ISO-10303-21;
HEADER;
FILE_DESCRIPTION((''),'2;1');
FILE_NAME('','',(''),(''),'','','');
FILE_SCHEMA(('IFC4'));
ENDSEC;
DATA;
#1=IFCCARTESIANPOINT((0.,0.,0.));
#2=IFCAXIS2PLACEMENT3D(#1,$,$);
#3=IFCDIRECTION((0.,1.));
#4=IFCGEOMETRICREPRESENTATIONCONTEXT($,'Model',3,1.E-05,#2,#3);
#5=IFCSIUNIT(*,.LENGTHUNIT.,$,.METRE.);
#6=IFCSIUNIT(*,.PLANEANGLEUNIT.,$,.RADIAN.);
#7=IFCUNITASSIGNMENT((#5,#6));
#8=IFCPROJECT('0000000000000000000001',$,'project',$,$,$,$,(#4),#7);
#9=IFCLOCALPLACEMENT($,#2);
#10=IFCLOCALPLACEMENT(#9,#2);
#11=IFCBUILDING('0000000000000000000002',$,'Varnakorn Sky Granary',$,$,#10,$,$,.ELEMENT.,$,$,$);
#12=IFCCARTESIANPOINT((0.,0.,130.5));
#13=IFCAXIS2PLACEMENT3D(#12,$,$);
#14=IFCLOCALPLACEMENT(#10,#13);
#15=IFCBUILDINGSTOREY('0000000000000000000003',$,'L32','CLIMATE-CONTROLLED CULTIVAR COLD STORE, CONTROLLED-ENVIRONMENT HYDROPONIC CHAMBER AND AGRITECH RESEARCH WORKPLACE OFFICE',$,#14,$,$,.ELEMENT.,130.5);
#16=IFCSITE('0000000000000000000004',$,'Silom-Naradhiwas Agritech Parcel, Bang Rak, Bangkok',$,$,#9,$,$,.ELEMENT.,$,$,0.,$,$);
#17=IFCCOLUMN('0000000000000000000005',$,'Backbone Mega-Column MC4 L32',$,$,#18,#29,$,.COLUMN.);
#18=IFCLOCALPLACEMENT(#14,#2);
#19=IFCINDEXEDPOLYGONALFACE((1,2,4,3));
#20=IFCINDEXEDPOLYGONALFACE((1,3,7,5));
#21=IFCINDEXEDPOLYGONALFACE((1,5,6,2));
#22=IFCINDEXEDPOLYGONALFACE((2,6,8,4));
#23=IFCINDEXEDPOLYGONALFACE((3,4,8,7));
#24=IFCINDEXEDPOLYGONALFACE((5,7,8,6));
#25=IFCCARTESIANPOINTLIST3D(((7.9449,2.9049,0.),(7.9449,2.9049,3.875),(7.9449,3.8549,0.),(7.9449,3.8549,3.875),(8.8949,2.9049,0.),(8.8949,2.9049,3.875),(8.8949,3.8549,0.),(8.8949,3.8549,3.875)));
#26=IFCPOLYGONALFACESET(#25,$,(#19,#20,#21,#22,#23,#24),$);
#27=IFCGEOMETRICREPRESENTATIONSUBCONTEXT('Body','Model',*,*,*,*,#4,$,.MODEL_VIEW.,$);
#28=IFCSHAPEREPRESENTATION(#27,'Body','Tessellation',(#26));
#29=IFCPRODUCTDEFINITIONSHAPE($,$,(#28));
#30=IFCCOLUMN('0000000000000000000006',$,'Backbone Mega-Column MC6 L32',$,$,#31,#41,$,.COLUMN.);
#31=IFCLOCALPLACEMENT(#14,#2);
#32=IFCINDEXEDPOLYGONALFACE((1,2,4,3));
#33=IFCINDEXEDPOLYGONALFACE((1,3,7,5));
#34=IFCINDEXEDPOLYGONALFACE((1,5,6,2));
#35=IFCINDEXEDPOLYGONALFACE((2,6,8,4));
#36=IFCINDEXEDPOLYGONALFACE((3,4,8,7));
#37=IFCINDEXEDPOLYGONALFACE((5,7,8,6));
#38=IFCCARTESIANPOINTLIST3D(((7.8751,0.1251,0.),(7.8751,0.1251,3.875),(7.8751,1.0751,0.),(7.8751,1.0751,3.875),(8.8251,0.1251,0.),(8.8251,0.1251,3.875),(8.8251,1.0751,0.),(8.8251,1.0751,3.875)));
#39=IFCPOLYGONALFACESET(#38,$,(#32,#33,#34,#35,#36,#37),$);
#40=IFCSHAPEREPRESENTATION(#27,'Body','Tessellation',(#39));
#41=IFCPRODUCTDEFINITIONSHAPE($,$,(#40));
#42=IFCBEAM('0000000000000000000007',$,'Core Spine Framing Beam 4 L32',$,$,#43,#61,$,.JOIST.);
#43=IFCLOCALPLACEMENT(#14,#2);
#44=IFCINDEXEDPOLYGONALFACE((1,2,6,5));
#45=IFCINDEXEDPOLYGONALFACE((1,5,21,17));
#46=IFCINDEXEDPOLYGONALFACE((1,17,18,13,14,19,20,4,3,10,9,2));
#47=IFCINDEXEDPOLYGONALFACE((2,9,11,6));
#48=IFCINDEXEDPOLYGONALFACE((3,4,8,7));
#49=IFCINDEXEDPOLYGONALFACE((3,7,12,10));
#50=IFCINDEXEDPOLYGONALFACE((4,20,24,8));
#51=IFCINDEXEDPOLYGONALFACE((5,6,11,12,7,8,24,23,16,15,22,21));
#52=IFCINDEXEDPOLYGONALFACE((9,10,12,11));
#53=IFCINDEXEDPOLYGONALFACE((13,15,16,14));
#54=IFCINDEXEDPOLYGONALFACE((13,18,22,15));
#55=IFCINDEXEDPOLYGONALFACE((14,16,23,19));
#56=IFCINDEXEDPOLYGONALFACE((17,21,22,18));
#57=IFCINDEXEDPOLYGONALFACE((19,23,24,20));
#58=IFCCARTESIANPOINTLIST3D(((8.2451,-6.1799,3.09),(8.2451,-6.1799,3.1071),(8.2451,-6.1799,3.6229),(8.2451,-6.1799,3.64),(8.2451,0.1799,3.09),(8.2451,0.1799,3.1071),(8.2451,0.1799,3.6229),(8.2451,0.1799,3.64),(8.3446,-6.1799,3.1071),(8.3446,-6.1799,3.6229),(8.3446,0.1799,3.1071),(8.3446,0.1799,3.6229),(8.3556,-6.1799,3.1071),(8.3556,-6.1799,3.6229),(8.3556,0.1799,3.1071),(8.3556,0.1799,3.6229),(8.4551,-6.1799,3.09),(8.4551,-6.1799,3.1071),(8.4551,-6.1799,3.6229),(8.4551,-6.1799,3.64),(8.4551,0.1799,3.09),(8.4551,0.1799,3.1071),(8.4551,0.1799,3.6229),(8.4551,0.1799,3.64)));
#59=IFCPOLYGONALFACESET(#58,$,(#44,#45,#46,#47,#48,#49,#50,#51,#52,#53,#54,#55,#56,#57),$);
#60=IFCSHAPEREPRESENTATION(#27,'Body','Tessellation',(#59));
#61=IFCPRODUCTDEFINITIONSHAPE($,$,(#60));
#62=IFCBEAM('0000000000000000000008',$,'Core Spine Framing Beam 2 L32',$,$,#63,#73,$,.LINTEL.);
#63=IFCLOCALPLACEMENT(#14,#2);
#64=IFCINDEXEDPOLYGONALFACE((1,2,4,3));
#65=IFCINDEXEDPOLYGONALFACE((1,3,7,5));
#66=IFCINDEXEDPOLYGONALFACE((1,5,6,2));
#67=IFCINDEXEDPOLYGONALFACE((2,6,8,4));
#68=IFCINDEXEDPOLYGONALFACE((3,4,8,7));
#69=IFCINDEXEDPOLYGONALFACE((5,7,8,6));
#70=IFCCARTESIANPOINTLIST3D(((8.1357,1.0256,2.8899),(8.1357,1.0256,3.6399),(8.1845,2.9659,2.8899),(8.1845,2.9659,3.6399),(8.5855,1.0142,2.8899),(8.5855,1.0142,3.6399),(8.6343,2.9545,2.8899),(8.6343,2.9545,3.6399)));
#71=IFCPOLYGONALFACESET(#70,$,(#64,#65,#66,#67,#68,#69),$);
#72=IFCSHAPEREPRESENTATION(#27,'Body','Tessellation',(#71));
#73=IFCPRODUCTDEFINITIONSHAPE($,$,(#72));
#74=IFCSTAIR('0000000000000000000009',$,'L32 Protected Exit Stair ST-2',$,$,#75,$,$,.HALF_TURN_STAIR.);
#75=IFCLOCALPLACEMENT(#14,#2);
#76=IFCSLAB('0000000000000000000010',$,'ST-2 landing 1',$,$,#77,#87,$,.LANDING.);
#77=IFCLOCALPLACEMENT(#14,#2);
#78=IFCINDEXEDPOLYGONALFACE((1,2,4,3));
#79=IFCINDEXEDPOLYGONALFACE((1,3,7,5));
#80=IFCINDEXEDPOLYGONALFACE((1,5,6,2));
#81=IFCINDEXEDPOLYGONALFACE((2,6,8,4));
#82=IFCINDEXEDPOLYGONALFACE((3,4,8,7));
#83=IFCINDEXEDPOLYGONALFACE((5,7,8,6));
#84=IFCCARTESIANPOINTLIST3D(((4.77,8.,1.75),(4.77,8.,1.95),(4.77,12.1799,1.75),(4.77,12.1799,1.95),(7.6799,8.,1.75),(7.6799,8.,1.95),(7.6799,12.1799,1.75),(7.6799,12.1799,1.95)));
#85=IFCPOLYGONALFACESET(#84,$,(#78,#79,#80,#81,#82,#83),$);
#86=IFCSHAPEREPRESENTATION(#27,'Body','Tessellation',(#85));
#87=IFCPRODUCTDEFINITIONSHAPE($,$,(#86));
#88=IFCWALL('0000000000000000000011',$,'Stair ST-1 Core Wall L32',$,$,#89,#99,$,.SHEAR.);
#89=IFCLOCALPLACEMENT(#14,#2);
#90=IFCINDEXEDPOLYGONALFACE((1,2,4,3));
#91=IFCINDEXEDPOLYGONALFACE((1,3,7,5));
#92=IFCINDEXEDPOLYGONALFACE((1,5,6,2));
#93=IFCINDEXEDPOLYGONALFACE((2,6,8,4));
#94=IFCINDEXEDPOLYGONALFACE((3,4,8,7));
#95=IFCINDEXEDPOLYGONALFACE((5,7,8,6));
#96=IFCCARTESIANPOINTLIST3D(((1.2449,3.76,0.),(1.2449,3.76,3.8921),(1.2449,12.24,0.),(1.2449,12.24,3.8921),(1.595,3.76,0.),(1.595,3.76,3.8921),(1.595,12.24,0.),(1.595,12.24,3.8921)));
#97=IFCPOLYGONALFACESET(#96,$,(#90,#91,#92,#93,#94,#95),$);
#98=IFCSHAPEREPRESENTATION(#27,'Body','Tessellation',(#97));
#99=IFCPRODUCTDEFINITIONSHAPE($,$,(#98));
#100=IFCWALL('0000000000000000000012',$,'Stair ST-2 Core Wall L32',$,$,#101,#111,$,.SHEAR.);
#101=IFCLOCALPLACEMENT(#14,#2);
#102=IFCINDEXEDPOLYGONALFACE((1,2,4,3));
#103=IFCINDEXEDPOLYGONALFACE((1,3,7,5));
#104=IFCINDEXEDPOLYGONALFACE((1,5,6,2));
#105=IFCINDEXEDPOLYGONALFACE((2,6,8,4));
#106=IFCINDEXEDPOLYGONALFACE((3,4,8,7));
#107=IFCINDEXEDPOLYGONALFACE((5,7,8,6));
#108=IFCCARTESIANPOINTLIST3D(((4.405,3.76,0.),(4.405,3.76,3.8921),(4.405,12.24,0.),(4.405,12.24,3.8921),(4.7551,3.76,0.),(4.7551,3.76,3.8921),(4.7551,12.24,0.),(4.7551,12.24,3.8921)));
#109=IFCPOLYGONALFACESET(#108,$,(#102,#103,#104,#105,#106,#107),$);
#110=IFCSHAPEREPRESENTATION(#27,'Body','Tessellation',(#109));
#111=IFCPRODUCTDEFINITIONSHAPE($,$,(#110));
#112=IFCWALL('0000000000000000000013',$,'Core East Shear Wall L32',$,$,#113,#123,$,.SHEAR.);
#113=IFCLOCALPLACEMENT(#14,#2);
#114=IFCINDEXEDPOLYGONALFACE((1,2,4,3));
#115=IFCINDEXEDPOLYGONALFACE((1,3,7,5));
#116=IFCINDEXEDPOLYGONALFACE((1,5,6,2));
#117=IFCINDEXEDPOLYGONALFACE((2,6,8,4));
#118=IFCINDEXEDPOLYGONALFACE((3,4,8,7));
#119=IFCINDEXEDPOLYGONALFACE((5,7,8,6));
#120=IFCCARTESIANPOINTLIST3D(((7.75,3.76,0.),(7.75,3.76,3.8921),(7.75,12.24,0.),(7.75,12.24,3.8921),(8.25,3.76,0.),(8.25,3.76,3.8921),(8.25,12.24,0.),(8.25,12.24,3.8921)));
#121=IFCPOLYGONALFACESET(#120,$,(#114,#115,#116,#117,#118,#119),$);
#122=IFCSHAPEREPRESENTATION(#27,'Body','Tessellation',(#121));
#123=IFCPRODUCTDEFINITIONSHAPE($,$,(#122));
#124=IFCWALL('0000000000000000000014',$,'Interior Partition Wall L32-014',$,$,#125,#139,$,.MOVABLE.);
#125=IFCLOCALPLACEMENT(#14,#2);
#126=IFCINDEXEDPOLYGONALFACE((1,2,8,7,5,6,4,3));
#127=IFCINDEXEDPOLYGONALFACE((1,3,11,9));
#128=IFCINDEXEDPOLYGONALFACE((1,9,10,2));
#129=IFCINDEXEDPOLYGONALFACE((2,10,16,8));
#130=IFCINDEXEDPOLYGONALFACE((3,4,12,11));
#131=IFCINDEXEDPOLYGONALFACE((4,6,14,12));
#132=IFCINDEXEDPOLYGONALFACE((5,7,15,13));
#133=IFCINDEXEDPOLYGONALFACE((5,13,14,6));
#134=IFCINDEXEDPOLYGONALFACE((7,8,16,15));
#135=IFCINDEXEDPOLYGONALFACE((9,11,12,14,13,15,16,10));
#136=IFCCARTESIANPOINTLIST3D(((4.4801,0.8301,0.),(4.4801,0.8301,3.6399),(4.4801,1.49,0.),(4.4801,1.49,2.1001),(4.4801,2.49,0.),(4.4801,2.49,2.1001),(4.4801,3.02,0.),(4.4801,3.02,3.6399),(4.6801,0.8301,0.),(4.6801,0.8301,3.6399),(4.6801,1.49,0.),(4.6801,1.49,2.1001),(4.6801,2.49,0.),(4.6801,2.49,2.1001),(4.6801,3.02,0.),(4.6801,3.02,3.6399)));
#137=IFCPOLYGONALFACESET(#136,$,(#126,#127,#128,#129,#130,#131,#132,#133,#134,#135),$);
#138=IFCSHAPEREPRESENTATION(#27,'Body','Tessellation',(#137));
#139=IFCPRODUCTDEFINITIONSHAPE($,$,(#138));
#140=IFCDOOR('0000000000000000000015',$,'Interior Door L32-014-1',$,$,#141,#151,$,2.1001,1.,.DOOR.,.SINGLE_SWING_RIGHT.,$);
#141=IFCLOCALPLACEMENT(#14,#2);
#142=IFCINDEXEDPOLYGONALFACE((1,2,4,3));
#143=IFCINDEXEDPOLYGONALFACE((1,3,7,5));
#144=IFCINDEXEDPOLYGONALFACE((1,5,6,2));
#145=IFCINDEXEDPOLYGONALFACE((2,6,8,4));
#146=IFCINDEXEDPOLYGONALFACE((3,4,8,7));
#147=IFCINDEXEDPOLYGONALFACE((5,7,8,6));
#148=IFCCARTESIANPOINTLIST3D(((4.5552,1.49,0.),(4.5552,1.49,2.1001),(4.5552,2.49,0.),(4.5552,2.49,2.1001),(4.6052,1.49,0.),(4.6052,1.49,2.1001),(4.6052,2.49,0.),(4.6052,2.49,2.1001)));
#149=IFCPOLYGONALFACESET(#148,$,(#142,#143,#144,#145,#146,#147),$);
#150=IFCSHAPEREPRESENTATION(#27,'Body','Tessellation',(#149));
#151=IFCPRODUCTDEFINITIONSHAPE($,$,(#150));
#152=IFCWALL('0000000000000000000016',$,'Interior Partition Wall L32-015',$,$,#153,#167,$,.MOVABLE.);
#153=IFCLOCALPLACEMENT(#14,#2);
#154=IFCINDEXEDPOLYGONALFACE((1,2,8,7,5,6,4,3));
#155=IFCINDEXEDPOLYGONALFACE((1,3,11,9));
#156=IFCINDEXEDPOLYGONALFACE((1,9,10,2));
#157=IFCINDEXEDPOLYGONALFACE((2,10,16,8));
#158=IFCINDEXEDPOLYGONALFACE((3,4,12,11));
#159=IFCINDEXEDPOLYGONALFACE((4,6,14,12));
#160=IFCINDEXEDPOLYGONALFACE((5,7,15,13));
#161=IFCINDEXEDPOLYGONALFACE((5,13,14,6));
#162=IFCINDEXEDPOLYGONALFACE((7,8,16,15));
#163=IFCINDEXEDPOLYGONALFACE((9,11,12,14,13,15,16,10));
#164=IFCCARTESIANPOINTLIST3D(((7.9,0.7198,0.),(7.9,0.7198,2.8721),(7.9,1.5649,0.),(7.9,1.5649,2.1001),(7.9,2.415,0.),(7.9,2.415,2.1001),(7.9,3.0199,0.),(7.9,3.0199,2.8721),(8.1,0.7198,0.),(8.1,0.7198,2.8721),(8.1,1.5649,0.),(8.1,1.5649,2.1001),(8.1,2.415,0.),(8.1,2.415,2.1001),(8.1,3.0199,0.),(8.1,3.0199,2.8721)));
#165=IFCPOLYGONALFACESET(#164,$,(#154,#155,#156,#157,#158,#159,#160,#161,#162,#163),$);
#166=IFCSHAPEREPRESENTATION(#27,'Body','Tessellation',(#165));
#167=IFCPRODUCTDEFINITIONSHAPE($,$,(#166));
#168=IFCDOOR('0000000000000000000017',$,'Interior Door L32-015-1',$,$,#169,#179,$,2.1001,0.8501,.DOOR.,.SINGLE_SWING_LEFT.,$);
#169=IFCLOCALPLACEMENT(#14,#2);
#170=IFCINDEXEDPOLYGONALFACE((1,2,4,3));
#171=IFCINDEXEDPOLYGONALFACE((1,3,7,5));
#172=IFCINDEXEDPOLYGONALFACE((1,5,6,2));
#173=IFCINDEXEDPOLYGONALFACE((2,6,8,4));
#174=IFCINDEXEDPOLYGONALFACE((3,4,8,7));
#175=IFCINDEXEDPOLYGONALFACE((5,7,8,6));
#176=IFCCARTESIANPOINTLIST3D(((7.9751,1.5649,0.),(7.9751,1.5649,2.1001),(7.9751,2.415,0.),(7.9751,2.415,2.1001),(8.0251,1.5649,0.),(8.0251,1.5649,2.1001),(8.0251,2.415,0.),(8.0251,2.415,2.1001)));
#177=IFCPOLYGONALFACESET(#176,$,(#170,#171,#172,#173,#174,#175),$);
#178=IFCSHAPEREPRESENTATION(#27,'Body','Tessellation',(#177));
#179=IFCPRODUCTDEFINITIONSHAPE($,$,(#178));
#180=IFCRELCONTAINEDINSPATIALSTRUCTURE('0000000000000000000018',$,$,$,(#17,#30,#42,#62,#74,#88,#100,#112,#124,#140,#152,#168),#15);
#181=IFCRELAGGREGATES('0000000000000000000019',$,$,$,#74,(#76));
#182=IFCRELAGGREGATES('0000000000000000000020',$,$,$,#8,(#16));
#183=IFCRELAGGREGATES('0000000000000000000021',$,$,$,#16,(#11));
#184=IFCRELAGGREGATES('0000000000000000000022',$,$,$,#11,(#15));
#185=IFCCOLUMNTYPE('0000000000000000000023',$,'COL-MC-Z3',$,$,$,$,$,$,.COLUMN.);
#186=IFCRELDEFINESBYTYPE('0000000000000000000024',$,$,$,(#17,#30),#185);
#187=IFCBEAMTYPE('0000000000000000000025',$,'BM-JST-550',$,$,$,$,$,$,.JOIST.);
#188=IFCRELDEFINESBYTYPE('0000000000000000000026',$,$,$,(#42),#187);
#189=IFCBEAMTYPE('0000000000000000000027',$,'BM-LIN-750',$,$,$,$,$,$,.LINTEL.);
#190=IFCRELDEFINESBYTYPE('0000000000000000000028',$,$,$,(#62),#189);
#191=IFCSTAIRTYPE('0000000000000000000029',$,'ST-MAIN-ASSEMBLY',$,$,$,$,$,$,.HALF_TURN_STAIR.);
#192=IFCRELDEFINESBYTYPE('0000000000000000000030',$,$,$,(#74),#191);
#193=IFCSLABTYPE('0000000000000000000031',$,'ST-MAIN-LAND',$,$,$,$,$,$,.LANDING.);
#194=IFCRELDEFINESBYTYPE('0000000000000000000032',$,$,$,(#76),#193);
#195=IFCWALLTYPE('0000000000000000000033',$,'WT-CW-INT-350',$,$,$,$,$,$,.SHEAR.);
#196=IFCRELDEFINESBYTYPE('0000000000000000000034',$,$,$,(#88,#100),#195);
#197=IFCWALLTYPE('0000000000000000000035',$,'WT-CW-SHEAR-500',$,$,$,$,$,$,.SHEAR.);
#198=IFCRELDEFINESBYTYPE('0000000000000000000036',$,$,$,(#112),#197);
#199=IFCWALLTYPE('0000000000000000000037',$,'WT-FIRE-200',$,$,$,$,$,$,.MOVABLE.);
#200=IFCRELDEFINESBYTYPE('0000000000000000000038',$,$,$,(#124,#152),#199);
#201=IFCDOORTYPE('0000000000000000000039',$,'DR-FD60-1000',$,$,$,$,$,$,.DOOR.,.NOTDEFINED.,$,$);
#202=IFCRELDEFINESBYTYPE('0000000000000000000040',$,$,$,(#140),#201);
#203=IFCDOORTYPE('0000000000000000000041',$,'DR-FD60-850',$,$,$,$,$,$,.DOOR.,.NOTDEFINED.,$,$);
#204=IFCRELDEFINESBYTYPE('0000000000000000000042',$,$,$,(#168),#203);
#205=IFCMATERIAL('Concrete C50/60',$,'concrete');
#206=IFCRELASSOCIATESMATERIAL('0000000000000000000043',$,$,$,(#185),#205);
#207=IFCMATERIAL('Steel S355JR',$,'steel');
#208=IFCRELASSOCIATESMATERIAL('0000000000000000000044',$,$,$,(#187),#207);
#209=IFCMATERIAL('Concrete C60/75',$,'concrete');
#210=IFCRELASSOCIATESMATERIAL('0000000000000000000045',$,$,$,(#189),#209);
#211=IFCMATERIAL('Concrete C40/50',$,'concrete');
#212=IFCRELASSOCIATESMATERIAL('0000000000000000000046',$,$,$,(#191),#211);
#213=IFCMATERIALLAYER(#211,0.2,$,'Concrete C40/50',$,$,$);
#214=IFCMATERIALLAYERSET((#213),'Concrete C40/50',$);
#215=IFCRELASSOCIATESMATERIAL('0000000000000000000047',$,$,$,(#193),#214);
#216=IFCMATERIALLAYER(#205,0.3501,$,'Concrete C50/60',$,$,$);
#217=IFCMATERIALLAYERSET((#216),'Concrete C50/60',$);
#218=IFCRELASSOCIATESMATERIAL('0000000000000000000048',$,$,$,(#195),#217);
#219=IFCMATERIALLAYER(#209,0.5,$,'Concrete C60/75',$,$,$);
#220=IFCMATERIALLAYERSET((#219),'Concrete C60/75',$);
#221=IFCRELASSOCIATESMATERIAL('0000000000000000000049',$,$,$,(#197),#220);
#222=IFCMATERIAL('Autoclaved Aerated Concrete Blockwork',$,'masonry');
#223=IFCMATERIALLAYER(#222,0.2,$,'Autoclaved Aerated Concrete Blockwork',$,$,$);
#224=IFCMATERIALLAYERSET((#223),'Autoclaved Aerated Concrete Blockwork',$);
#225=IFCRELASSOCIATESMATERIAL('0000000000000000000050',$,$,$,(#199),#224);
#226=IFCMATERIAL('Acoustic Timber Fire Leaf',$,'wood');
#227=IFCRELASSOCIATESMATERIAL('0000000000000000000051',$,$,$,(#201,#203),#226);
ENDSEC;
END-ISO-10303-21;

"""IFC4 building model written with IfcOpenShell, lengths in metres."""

from ifc_helpers import new_model, si_unit, direction, frame, frame_2d, origin, origin_2d, place, context, subcontext, project, spatial, polyline, rectangle, i_section, outline, extrude, material, layer, layer_set, material_profile, profile_set, type_object, element, fill, aggregate, save


model = new_model("IFC4")

# Units and contexts
model_context = context("Model", 3, precision=1e-05, world=origin(), true_north=direction((0.0, 1.0)))
body_context = subcontext(model_context, "Body", "Model", "MODEL_VIEW")
ifc_project = project(units=[si_unit("LENGTHUNIT", "METRE"), si_unit("PLANEANGLEUNIT", "RADIAN")], contexts=[model_context])

# Site, building, storey
site_placement = place(None, origin())
site = spatial("IfcSite", under=ifc_project, at=site_placement, Name="Silom-Naradhiwas Agritech Parcel, Bang Rak, Bangkok", CompositionType="ELEMENT", RefElevation=0.0)
building_placement = place(site_placement, origin())
building = spatial("IfcBuilding", under=site, at=building_placement, Name="Varnakorn Sky Granary", CompositionType="ELEMENT")
storey_placement = place(building_placement, frame((0.0, 0.0, 130.5)))
storey = spatial("IfcBuildingStorey", under=building, at=storey_placement, Name="L32", Description="CLIMATE-CONTROLLED CULTIVAR COLD STORE, CONTROLLED-ENVIRONMENT HYDROPONIC CHAMBER AND AGRITECH RESEARCH WORKPLACE OFFICE", CompositionType="ELEMENT", Elevation=130.5)

# Columns
ifc_material_1 = material(Name="Concrete C50/60", Category="concrete")
ifc_material_profile_1 = material_profile(ifc_material_1, rectangle(XDim=0.95, YDim=0.95, at=origin_2d()), Name="RC 950x950")
ifc_profile_set_1 = profile_set([ifc_material_profile_1], Name="Concrete C50/60")
column_type = type_object("IfcColumnType", Name="COL-MC-Z3", PredefinedType="COLUMN", material=ifc_profile_set_1)
for number, where, z_axis, x_axis, name in (
    (1, (8.4199, 3.3799, 0.0), (0.0, 0.0, 1.0), (1.0, 0.0, 0.0), "Backbone Mega-Column MC4 L32"),
    (2, (8.3501, 0.6001, 0.0), (0.0, 0.0, 1.0), (1.0, 0.0, 0.0), "Backbone Mega-Column MC6 L32"),
):
    element("IfcColumn", number, at=place(storey_placement, frame(where, z_axis=z_axis, x_axis=x_axis)), inside=storey, type_object=column_type, Name=name, PredefinedType="COLUMN", context=body_context, shape_type="SweptSolid", body=[
        extrude(rectangle(XDim=0.95, YDim=0.95, at=origin_2d()), origin(), (0.0, 0.0, 1.0), 3.875),
    ])

# Beams
ifc_material_2 = material(Name="Steel S355JR", Category="steel")
ifc_material_profile_2 = material_profile(ifc_material_2, i_section(OverallWidth=0.21, OverallDepth=0.55, WebThickness=0.011, FlangeThickness=0.0171, at=origin_2d()), Name="IPE 550")
ifc_profile_set_2 = profile_set([ifc_material_profile_2], Name="Steel S355JR")
beam_type_1 = type_object("IfcBeamType", Name="BM-JST-550", PredefinedType="JOIST", material=ifc_profile_set_2)
beam_1_placement = place(storey_placement, frame((8.3501, 0.1799, 3.365), z_axis=(0.0, -1.0, 0.0), x_axis=(1.0, 0.0, 0.0)))
element("IfcBeam", 3, at=beam_1_placement, inside=storey, type_object=beam_type_1, Name="Core Spine Framing Beam 4 L32", PredefinedType="JOIST", context=body_context, shape_type="SweptSolid", body=[
    extrude(i_section(OverallWidth=0.21, OverallDepth=0.55, WebThickness=0.011, FlangeThickness=0.0171, at=origin_2d()), origin(), (0.0, 0.0, 1.0), 6.3599),
])
ifc_material_3 = material(Name="Concrete C60/75", Category="concrete")
ifc_material_profile_3 = material_profile(ifc_material_3, rectangle(XDim=0.45, YDim=0.75, at=origin_2d()), Name="RC 450x750")
ifc_profile_set_3 = profile_set([ifc_material_profile_3], Name="Concrete C60/75")
beam_type_2 = type_object("IfcBeamType", Name="BM-LIN-750", PredefinedType="LINTEL", material=ifc_profile_set_3)
beam_2_placement = place(storey_placement, frame((8.4094, 2.9602, 3.2649), z_axis=(-0.025159, -0.999683, 0.0), x_axis=(0.999683, -0.025159, 0.0)))
element("IfcBeam", 4, at=beam_2_placement, inside=storey, type_object=beam_type_2, Name="Core Spine Framing Beam 2 L32", PredefinedType="LINTEL", context=body_context, shape_type="SweptSolid", body=[
    extrude(rectangle(XDim=0.45, YDim=0.75, at=origin_2d()), origin(), (0.0, 0.0, 1.0), 1.9409),
])

# Stair, slab
ifc_material_4 = material(Name="Concrete C40/50", Category="concrete")
stair_type = type_object("IfcStairType", Name="ST-MAIN-ASSEMBLY", PredefinedType="HALF_TURN_STAIR", material=ifc_material_4)
stair_1_placement = place(storey_placement, origin())
stair_1 = element("IfcStair", 5, at=stair_1_placement, inside=storey, type_object=stair_type, Name="L32 Protected Exit Stair ST-2", PredefinedType="HALF_TURN_STAIR")
ifc_layer_1 = layer(ifc_material_4, 0.2, Name="Concrete C40/50")
ifc_layer_set_1 = layer_set([ifc_layer_1], Name="Concrete C40/50")
slab_type = type_object("IfcSlabType", Name="ST-MAIN-LAND", PredefinedType="LANDING", material=ifc_layer_set_1)
slab_placement = place(storey_placement, frame((0.0, 0.0, 1.75)))
slab = element("IfcSlab", 6, at=slab_placement, type_object=slab_type, Name="ST-2 landing 1", PredefinedType="LANDING", context=body_context, shape_type="SweptSolid", body=[
    extrude(outline(polyline([(7.6799, 8.0), (7.6799, 12.1799), (4.77, 12.1799), (4.77, 8.0), (7.6799, 8.0)])), origin(), (0.0, 0.0, 1.0), 0.2),
])

# Walls
ifc_layer_2 = layer(ifc_material_1, 0.3501, Name="Concrete C50/60")
ifc_layer_set_2 = layer_set([ifc_layer_2], Name="Concrete C50/60")
wall_type_1 = type_object("IfcWallType", Name="WT-CW-INT-350", PredefinedType="SHEAR", material=ifc_layer_set_2)
for number, where, z_axis, x_axis, name in (
    (7, (1.4199, 3.76, 0.0), (0.0, 0.0, 1.0), (0.0, 1.0, 0.0), "Stair ST-1 Core Wall L32"),
    (8, (4.5801, 3.76, 0.0), (0.0, 0.0, 1.0), (0.0, 1.0, 0.0), "Stair ST-2 Core Wall L32"),
):
    element("IfcWall", number, at=place(storey_placement, frame(where, z_axis=z_axis, x_axis=x_axis)), inside=storey, type_object=wall_type_1, Name=name, PredefinedType="SHEAR", context=body_context, shape_type="SweptSolid", body=[
        extrude(rectangle(XDim=8.48, YDim=0.3501, at=frame_2d((4.24, 0.0))), origin(), (0.0, 0.0, 1.0), 3.8921),
    ])
ifc_layer_3 = layer(ifc_material_3, 0.5, Name="Concrete C60/75")
ifc_layer_set_3 = layer_set([ifc_layer_3], Name="Concrete C60/75")
wall_type_2 = type_object("IfcWallType", Name="WT-CW-SHEAR-500", PredefinedType="SHEAR", material=ifc_layer_set_3)
wall_1_placement = place(storey_placement, frame((8.0, 3.76, 0.0), z_axis=(0.0, 0.0, 1.0), x_axis=(0.0, 1.0, 0.0)))
element("IfcWall", 9, at=wall_1_placement, inside=storey, type_object=wall_type_2, Name="Core East Shear Wall L32", PredefinedType="SHEAR", context=body_context, shape_type="SweptSolid", body=[
    extrude(rectangle(XDim=8.48, YDim=0.5, at=frame_2d((4.24, 0.0))), origin(), (0.0, 0.0, 1.0), 3.8921),
])

# Walls, openings, doors
ifc_material_5 = material(Name="Autoclaved Aerated Concrete Blockwork", Category="masonry")
ifc_layer_4 = layer(ifc_material_5, 0.2, Name="Autoclaved Aerated Concrete Blockwork")
ifc_layer_set_4 = layer_set([ifc_layer_4], Name="Autoclaved Aerated Concrete Blockwork")
wall_type_3 = type_object("IfcWallType", Name="WT-FIRE-200", PredefinedType="MOVABLE", material=ifc_layer_set_4)
wall_2_placement = place(storey_placement, frame((4.5801, 0.8301, 0.0), z_axis=(0.0, 0.0, 1.0), x_axis=(0.0, 1.0, 0.0)))
wall_2 = element("IfcWall", 10, at=wall_2_placement, inside=storey, type_object=wall_type_3, Name="Interior Partition Wall L32-014", PredefinedType="MOVABLE", context=body_context, shape_type="SweptSolid", body=[
    extrude(rectangle(XDim=2.1899, YDim=0.2, at=frame_2d((1.095, 0.0))), origin(), (0.0, 0.0, 1.0), 3.6399),
])
opening_1_placement = place(wall_2_placement, frame((0.6599, 0.0, 0.0)))
opening_1 = element("IfcOpeningElement", 11, at=opening_1_placement, cuts=wall_2, PredefinedType="OPENING", context=body_context, shape_type="SweptSolid", body=[
    extrude(rectangle(XDim=1.0, YDim=2.1001, at=frame_2d((0.5, 1.05))), frame((0.0, 0.1099, 0.0), z_axis=(0.0, -1.0, 0.0), x_axis=(1.0, 0.0, 0.0)), (0.0, 0.0, 1.0), 0.22),
])
ifc_material_6 = material(Name="Acoustic Timber Fire Leaf", Category="wood")
door_type_1 = type_object("IfcDoorType", Name="DR-FD60-1000", OperationType="NOTDEFINED", PredefinedType="DOOR", material=ifc_material_6)
door_1_placement = place(opening_1_placement, origin())
door_1 = element("IfcDoor", 12, at=door_1_placement, inside=storey, type_object=door_type_1, Name="Interior Door L32-014-1", OperationType="SINGLE_SWING_RIGHT", OverallHeight=2.1001, OverallWidth=1.0, PredefinedType="DOOR", context=body_context, shape_type="SweptSolid", body=[
    extrude(rectangle(XDim=1.0, YDim=2.1001, at=frame_2d((0.5, 1.05))), frame((0.0, 0.0249, 0.0), z_axis=(0.0, -1.0, 0.0), x_axis=(1.0, 0.0, 0.0)), (0.0, 0.0, 1.0), 0.05),
])
fill(opening_1, door_1)
wall_3_placement = place(storey_placement, frame((8.0, 0.72, 0.0), z_axis=(0.0, 0.0, 1.0), x_axis=(0.0, 1.0, 0.0)))
wall_3 = element("IfcWall", 13, at=wall_3_placement, inside=storey, type_object=wall_type_3, Name="Interior Partition Wall L32-015", PredefinedType="MOVABLE", context=body_context, shape_type="SweptSolid", body=[
    extrude(rectangle(XDim=2.3, YDim=0.2, at=frame_2d((1.1499, 0.0))), origin(), (0.0, 0.0, 1.0), 2.8721),
])
opening_2_placement = place(wall_3_placement, frame((0.845, 0.0, 0.0)))
opening_2 = element("IfcOpeningElement", 14, at=opening_2_placement, cuts=wall_3, PredefinedType="OPENING", context=body_context, shape_type="SweptSolid", body=[
    extrude(rectangle(XDim=0.8501, YDim=2.1001, at=frame_2d((0.425, 1.05))), frame((0.0, 0.1099, 0.0), z_axis=(0.0, -1.0, 0.0), x_axis=(1.0, 0.0, 0.0)), (0.0, 0.0, 1.0), 0.22),
])
door_type_2 = type_object("IfcDoorType", Name="DR-FD60-850", OperationType="NOTDEFINED", PredefinedType="DOOR", material=ifc_material_6)
door_2_placement = place(opening_2_placement, origin())
door_2 = element("IfcDoor", 15, at=door_2_placement, inside=storey, type_object=door_type_2, Name="Interior Door L32-015-1", OperationType="SINGLE_SWING_LEFT", OverallHeight=2.1001, OverallWidth=0.8501, PredefinedType="DOOR", context=body_context, shape_type="SweptSolid", body=[
    extrude(rectangle(XDim=0.8501, YDim=2.1001, at=frame_2d((0.425, 1.05))), frame((0.0, 0.0249, 0.0), z_axis=(0.0, -1.0, 0.0), x_axis=(1.0, 0.0, 0.0)), (0.0, 0.0, 1.0), 0.05),
])
fill(opening_2, door_2)

aggregate(stair_1, [slab])

save(model, "model.ifc")
